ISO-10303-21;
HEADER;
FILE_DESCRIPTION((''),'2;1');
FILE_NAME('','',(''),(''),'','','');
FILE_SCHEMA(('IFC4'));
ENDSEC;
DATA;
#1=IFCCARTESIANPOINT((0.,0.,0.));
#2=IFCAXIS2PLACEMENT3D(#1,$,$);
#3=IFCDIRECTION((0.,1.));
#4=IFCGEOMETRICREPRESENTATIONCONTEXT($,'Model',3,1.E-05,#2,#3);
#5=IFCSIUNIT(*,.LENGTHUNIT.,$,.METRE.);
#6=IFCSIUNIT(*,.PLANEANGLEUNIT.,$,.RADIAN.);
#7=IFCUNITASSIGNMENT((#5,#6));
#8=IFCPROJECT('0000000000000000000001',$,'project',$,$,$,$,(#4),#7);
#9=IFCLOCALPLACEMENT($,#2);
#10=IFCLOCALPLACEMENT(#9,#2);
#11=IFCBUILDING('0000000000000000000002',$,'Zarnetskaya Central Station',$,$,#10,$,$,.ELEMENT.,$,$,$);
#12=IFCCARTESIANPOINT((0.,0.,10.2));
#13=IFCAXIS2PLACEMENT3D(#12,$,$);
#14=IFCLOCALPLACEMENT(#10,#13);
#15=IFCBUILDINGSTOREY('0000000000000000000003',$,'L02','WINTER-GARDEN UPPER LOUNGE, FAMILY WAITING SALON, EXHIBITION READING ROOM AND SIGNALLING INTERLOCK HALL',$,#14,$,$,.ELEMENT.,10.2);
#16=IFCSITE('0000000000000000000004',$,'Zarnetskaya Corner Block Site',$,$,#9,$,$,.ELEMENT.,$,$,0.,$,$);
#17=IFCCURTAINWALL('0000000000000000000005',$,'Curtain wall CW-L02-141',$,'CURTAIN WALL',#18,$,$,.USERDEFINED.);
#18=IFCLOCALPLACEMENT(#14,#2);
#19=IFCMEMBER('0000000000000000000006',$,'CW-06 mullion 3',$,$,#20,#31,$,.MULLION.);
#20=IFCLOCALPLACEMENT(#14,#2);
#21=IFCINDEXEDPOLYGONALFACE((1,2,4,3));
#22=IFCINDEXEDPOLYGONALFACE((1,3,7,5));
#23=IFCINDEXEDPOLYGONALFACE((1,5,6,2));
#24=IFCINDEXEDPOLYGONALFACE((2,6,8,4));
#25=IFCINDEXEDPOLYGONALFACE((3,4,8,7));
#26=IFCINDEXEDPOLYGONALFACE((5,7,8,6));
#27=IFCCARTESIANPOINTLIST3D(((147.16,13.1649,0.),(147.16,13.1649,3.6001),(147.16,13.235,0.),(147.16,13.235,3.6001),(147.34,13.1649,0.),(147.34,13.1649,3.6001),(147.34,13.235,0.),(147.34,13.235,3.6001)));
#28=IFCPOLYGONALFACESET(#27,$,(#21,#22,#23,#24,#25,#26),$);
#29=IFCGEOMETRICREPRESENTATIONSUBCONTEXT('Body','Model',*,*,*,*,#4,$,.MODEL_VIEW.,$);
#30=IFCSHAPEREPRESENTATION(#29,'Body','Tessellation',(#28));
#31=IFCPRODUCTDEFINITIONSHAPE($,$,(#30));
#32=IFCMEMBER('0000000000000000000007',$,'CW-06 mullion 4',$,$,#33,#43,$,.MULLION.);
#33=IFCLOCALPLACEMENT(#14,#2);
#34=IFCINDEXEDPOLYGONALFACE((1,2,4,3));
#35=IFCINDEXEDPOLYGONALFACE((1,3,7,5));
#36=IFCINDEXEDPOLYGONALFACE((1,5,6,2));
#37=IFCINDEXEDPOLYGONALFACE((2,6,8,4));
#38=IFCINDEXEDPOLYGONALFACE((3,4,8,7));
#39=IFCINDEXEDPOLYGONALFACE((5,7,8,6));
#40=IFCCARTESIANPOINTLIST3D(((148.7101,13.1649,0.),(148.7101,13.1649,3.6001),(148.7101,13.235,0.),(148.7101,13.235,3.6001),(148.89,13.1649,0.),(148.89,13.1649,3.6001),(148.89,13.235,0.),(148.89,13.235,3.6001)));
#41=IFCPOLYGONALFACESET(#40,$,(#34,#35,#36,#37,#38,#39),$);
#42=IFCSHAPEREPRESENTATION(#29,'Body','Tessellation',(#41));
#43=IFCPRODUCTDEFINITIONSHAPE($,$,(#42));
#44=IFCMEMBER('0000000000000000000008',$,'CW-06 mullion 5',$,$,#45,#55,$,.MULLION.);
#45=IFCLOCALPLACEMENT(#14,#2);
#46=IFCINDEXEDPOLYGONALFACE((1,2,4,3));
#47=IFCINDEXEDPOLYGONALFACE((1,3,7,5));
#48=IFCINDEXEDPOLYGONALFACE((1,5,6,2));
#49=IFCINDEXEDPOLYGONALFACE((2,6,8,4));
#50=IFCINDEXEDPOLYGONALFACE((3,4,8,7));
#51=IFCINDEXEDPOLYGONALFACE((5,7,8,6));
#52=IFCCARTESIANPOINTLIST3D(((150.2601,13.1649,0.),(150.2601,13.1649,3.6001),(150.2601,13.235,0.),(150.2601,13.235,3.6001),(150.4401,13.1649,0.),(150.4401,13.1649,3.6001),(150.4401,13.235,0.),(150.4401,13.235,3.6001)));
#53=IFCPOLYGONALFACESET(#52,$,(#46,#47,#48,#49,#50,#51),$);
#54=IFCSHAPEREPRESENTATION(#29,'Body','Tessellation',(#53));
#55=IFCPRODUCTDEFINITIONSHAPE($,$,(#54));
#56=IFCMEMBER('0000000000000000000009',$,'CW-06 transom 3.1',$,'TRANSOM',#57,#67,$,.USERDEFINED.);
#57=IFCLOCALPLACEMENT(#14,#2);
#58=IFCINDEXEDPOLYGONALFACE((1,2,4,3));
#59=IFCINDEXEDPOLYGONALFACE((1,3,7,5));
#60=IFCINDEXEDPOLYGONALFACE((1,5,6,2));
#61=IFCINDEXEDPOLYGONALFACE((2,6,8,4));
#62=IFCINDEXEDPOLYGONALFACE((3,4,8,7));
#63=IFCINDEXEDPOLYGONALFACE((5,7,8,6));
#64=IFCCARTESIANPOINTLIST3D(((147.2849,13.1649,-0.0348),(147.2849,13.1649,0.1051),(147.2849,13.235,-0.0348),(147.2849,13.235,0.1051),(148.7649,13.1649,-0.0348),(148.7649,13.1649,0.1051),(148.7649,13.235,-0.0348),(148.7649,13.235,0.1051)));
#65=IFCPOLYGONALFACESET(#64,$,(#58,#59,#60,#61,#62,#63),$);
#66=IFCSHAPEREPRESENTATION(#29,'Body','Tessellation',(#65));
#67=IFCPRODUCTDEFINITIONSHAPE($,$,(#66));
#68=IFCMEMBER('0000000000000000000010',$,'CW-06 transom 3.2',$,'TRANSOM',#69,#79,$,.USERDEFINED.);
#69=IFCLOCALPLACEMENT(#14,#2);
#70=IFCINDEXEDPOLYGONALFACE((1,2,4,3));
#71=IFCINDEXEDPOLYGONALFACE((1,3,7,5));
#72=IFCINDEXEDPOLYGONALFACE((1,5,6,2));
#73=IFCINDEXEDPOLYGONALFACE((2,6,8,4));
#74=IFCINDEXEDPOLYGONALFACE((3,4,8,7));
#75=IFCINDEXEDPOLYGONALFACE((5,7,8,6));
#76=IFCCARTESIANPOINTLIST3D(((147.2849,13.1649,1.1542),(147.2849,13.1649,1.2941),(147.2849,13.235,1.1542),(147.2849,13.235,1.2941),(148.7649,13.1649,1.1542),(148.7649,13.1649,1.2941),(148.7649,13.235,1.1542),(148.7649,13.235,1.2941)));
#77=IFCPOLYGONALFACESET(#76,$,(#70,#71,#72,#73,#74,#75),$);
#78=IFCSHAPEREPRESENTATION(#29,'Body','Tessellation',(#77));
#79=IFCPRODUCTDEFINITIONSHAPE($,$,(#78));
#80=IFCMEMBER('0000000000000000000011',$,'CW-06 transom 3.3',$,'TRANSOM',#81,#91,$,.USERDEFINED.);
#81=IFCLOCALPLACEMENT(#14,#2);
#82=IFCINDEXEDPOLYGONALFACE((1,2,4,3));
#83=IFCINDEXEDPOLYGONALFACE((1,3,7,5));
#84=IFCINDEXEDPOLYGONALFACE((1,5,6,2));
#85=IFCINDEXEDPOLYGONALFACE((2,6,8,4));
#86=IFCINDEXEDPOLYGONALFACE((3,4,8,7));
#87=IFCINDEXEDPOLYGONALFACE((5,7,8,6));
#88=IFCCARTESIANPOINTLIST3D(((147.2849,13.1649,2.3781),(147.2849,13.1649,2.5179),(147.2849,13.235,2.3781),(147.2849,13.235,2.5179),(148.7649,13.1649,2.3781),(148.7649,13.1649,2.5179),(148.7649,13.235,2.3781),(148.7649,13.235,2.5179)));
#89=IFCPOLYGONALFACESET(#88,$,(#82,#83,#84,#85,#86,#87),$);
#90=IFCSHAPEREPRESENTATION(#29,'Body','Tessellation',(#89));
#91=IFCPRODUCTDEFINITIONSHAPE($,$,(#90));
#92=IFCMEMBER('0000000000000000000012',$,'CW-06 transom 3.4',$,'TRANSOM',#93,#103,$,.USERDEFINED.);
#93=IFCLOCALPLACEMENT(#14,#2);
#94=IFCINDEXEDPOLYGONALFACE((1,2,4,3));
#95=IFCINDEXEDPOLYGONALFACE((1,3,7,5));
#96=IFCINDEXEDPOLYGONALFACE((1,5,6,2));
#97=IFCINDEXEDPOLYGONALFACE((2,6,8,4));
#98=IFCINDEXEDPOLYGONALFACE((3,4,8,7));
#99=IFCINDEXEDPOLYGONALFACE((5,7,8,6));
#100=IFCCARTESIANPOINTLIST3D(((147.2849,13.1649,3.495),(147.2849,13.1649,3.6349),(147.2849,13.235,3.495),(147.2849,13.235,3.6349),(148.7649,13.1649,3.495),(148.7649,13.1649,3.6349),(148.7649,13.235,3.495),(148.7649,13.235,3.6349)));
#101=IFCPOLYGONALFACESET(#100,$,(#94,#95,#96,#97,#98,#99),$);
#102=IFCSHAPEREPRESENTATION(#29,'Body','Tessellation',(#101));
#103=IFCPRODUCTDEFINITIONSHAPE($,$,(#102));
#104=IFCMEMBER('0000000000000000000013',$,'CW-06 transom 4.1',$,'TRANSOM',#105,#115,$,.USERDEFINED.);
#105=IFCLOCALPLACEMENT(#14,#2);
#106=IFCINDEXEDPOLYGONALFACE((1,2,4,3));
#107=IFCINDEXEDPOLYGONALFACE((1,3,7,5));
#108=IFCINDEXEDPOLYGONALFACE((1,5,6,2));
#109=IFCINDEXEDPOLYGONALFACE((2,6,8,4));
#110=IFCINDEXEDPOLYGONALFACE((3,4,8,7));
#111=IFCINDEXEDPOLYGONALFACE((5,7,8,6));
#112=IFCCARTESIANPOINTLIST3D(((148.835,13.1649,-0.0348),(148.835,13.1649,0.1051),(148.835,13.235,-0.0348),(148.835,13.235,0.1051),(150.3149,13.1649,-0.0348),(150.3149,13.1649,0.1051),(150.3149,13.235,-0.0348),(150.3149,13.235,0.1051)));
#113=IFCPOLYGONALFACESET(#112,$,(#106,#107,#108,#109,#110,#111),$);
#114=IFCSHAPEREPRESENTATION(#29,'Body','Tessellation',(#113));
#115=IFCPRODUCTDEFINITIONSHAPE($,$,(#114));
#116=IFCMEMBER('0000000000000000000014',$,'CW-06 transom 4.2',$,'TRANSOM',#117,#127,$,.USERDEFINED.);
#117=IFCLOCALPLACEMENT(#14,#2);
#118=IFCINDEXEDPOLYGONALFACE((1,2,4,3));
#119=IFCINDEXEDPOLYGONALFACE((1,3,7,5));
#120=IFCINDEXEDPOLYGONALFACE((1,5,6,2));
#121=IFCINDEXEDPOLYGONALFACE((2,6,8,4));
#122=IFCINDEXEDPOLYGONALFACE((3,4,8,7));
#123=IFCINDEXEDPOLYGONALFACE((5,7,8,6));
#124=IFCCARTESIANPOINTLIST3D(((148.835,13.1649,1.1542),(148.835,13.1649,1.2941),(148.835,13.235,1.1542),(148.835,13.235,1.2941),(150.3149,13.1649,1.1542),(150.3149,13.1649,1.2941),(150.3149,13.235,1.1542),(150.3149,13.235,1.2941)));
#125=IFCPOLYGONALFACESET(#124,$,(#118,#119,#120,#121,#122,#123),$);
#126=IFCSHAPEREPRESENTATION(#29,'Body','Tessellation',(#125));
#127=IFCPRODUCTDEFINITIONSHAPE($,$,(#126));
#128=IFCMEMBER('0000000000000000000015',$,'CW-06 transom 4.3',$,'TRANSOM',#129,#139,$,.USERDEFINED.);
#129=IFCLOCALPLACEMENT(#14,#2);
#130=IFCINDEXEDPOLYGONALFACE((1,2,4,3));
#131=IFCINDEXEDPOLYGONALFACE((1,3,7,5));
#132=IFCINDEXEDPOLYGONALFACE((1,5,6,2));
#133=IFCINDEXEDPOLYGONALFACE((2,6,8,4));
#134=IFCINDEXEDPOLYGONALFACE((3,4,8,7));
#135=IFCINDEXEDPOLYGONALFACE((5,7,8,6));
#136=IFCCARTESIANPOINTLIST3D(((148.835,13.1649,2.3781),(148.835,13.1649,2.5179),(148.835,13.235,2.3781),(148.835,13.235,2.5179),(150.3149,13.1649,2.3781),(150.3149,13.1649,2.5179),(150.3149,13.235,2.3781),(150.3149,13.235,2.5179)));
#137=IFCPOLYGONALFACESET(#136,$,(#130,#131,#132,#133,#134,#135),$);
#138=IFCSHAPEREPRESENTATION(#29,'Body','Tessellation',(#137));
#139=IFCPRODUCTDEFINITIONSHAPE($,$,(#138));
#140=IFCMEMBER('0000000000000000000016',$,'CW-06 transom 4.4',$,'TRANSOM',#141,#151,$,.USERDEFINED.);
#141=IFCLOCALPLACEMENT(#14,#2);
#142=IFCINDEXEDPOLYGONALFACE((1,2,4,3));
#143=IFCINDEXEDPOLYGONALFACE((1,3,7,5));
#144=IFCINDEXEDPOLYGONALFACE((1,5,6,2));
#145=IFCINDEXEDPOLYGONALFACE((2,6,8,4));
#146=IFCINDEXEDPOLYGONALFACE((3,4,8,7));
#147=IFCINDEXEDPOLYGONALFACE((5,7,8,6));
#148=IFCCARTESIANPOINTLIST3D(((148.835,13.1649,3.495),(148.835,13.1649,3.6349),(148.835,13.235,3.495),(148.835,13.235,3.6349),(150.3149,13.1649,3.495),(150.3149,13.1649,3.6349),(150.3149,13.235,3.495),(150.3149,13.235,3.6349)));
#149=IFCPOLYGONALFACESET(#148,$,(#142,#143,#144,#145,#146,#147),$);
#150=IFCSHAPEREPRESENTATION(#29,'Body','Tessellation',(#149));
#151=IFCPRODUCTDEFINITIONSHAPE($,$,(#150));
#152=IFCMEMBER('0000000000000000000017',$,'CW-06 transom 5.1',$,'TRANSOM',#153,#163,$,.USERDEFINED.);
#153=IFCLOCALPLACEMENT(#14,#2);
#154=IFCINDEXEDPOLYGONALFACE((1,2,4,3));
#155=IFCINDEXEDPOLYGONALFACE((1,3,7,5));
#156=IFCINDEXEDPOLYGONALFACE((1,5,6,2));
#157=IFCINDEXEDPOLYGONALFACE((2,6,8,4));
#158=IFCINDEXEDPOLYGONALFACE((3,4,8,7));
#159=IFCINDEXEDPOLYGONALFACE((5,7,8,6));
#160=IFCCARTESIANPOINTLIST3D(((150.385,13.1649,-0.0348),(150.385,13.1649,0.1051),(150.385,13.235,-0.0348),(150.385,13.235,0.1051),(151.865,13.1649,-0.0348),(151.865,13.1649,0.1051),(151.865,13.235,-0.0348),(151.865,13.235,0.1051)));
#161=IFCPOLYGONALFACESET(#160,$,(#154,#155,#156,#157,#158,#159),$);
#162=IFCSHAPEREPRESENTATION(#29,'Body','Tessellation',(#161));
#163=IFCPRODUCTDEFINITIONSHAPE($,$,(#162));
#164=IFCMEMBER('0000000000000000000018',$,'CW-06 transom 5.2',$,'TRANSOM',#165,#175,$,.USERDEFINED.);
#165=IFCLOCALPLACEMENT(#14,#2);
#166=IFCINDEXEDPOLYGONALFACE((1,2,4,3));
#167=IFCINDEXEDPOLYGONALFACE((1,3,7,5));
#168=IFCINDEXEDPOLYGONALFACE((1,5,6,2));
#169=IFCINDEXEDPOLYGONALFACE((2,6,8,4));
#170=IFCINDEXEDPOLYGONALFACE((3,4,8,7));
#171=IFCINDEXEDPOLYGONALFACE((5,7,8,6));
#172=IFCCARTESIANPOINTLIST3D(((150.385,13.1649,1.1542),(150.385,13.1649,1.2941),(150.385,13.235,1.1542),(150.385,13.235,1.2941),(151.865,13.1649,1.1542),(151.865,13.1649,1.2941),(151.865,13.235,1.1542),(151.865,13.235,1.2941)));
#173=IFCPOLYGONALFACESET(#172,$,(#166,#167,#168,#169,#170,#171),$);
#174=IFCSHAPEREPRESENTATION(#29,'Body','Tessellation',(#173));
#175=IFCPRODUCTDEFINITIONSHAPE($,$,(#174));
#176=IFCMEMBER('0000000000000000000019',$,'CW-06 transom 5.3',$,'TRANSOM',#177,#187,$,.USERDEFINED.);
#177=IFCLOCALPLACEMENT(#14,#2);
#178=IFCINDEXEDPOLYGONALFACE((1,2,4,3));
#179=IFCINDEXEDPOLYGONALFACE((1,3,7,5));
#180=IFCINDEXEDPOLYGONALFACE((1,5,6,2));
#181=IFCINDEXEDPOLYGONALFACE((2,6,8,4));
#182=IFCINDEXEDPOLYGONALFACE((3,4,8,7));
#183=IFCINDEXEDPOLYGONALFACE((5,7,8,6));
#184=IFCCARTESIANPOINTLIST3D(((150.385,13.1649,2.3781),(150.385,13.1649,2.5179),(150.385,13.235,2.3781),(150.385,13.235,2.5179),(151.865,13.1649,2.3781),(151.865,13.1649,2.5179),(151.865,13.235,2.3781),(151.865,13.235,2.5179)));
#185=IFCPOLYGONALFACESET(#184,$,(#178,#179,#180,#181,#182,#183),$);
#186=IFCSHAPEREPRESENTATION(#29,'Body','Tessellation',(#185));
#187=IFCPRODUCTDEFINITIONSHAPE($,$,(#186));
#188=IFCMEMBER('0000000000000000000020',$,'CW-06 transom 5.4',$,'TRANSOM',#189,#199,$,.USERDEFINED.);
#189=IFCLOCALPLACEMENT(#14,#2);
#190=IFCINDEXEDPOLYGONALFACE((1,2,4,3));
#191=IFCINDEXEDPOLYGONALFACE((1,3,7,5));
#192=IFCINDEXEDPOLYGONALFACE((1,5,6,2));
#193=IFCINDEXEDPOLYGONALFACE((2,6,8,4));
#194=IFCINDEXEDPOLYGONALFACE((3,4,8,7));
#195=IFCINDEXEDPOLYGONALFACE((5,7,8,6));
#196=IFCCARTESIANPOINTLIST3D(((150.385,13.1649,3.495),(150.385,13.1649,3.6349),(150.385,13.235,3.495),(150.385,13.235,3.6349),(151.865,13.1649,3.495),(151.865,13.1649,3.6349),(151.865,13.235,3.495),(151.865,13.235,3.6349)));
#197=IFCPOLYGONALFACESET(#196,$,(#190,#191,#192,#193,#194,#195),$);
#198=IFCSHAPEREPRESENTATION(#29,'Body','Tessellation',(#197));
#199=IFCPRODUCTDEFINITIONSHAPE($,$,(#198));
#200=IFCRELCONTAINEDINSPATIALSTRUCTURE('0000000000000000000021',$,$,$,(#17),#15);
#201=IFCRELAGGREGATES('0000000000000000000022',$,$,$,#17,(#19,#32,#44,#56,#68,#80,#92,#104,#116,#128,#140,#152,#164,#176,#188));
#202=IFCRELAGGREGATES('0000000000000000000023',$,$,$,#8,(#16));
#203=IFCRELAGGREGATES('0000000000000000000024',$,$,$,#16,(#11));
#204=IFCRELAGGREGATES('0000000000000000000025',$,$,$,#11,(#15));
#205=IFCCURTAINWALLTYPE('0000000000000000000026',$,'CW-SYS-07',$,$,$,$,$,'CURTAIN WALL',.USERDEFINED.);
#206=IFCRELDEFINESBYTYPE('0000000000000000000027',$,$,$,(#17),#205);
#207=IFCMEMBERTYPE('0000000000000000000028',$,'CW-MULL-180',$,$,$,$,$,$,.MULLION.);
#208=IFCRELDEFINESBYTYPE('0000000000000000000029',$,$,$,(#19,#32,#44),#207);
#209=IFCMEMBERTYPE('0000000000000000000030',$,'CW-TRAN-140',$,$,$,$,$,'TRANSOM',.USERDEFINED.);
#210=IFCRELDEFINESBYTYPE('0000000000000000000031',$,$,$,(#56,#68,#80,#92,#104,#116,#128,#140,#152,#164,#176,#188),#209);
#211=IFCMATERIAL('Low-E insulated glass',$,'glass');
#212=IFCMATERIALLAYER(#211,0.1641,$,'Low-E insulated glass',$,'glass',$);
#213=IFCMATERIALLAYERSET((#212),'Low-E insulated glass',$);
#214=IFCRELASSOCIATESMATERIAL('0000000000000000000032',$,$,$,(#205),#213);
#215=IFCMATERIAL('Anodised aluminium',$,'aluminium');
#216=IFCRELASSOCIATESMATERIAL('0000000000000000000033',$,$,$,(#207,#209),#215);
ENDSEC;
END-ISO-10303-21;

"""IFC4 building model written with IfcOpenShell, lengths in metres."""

from ifc_helpers import new_model, si_unit, direction, frame, origin, origin_2d, place, context, subcontext, project, spatial, rectangle, extrude, material, layer, layer_set, material_profile, profile_set, type_object, element, aggregate, save


model = new_model("IFC4")

# Units and contexts
model_context = context("Model", 3, precision=1e-05, world=origin(), true_north=direction((0.0, 1.0)))
body_context = subcontext(model_context, "Body", "Model", "MODEL_VIEW")
ifc_project = project(units=[si_unit("LENGTHUNIT", "METRE"), si_unit("PLANEANGLEUNIT", "RADIAN")], contexts=[model_context])

# Site, building, storey
site_placement = place(None, origin())
site = spatial("IfcSite", under=ifc_project, at=site_placement, Name="Zarnetskaya Corner Block Site", CompositionType="ELEMENT", RefElevation=0.0)
building_placement = place(site_placement, origin())
building = spatial("IfcBuilding", under=site, at=building_placement, Name="Zarnetskaya Central Station", CompositionType="ELEMENT")
storey_placement = place(building_placement, frame((0.0, 0.0, 10.2)))
storey = spatial("IfcBuildingStorey", under=building, at=storey_placement, Name="L02", Description="WINTER-GARDEN UPPER LOUNGE, FAMILY WAITING SALON, EXHIBITION READING ROOM AND SIGNALLING INTERLOCK HALL", CompositionType="ELEMENT", Elevation=10.2)

# Curtain wall, members
ifc_material_1 = material(Name="Low-E insulated glass", Category="glass")
ifc_layer_1 = layer(ifc_material_1, 0.1641, Name="Low-E insulated glass", Category="glass")
ifc_layer_set_1 = layer_set([ifc_layer_1], Name="Low-E insulated glass")
curtain_wall_type = type_object("IfcCurtainWallType", Name="CW-SYS-07", ElementType="CURTAIN WALL", PredefinedType="USERDEFINED", material=ifc_layer_set_1)
curtain_wall_placement = place(storey_placement, origin())
curtain_wall = element("IfcCurtainWall", 1, at=curtain_wall_placement, inside=storey, type_object=curtain_wall_type, Name="Curtain wall CW-L02-141", ObjectType="CURTAIN WALL", PredefinedType="USERDEFINED")
ifc_material_2 = material(Name="Anodised aluminium", Category="aluminium")
ifc_material_profile_1 = material_profile(ifc_material_2, rectangle(XDim=0.0701, YDim=0.1799, at=origin_2d()), Name="ALU MULL 70x180")
ifc_profile_set_1 = profile_set([ifc_material_profile_1], Name="Anodised aluminium")
member_type_1 = type_object("IfcMemberType", Name="CW-MULL-180", PredefinedType="MULLION", material=ifc_profile_set_1)
member_1_placement = place(storey_placement, frame((147.25, 13.2, 0.0), z_axis=(0.0, 0.0, 1.0), x_axis=(0.0, 1.0, 0.0)))
member_1 = element("IfcMember", 2, at=member_1_placement, type_object=member_type_1, Name="CW-06 mullion 3", PredefinedType="MULLION", context=body_context, shape_type="SweptSolid", body=[
    extrude(rectangle(XDim=0.0701, YDim=0.1799, at=origin_2d()), origin(), (0.0, 0.0, 1.0), 3.6001),
])
member_2_placement = place(storey_placement, frame((148.8, 13.2, 0.0), z_axis=(0.0, 0.0, 1.0), x_axis=(0.0, 1.0, 0.0)))
member_2 = element("IfcMember", 3, at=member_2_placement, type_object=member_type_1, Name="CW-06 mullion 4", PredefinedType="MULLION", context=body_context, shape_type="SweptSolid", body=[
    extrude(rectangle(XDim=0.0701, YDim=0.1799, at=origin_2d()), origin(), (0.0, 0.0, 1.0), 3.6001),
])
member_3_placement = place(storey_placement, frame((150.3501, 13.2, 0.0), z_axis=(0.0, 0.0, 1.0), x_axis=(0.0, 1.0, 0.0)))
member_3 = element("IfcMember", 4, at=member_3_placement, type_object=member_type_1, Name="CW-06 mullion 5", PredefinedType="MULLION", context=body_context, shape_type="SweptSolid", body=[
    extrude(rectangle(XDim=0.0701, YDim=0.1799, at=origin_2d()), origin(), (0.0, 0.0, 1.0), 3.6001),
])
ifc_material_profile_2 = material_profile(ifc_material_2, rectangle(XDim=0.0701, YDim=0.1399, at=origin_2d()), Name="ALU TRAN 70x140")
ifc_profile_set_2 = profile_set([ifc_material_profile_2], Name="Anodised aluminium")
member_type_2 = type_object("IfcMemberType", Name="CW-TRAN-140", ElementType="TRANSOM", PredefinedType="USERDEFINED", material=ifc_profile_set_2)
member_4_placement = place(storey_placement, frame((147.2849, 13.2, 0.0352), z_axis=(1.0, 0.0, 0.0), x_axis=(0.0, 1.0, 0.0)))
member_4 = element("IfcMember", 5, at=member_4_placement, type_object=member_type_2, Name="CW-06 transom 3.1", ObjectType="TRANSOM", PredefinedType="USERDEFINED", context=body_context, shape_type="SweptSolid", body=[
    extrude(rectangle(XDim=0.0701, YDim=0.1399, at=origin_2d()), origin(), (0.0, 0.0, 1.0), 1.48),
])
member_5_placement = place(storey_placement, frame((147.2849, 13.2, 1.2241), z_axis=(1.0, 0.0, 0.0), x_axis=(0.0, 1.0, 0.0)))
member_5 = element("IfcMember", 6, at=member_5_placement, type_object=member_type_2, Name="CW-06 transom 3.2", ObjectType="TRANSOM", PredefinedType="USERDEFINED", context=body_context, shape_type="SweptSolid", body=[
    extrude(rectangle(XDim=0.0701, YDim=0.1399, at=origin_2d()), origin(), (0.0, 0.0, 1.0), 1.48),
])
member_6_placement = place(storey_placement, frame((147.2849, 13.2, 2.448), z_axis=(1.0, 0.0, 0.0), x_axis=(0.0, 1.0, 0.0)))
member_6 = element("IfcMember", 7, at=member_6_placement, type_object=member_type_2, Name="CW-06 transom 3.3", ObjectType="TRANSOM", PredefinedType="USERDEFINED", context=body_context, shape_type="SweptSolid", body=[
    extrude(rectangle(XDim=0.0701, YDim=0.1399, at=origin_2d()), origin(), (0.0, 0.0, 1.0), 1.48),
])
member_7_placement = place(storey_placement, frame((147.2849, 13.2, 3.5649), z_axis=(1.0, 0.0, 0.0), x_axis=(0.0, 1.0, 0.0)))
member_7 = element("IfcMember", 8, at=member_7_placement, type_object=member_type_2, Name="CW-06 transom 3.4", ObjectType="TRANSOM", PredefinedType="USERDEFINED", context=body_context, shape_type="SweptSolid", body=[
    extrude(rectangle(XDim=0.0701, YDim=0.1399, at=origin_2d()), origin(), (0.0, 0.0, 1.0), 1.48),
])
member_8_placement = place(storey_placement, frame((148.835, 13.2, 0.0352), z_axis=(1.0, 0.0, 0.0), x_axis=(0.0, 1.0, 0.0)))
member_8 = element("IfcMember", 9, at=member_8_placement, type_object=member_type_2, Name="CW-06 transom 4.1", ObjectType="TRANSOM", PredefinedType="USERDEFINED", context=body_context, shape_type="SweptSolid", body=[
    extrude(rectangle(XDim=0.0701, YDim=0.1399, at=origin_2d()), origin(), (0.0, 0.0, 1.0), 1.48),
])
member_9_placement = place(storey_placement, frame((148.835, 13.2, 1.2241), z_axis=(1.0, 0.0, 0.0), x_axis=(0.0, 1.0, 0.0)))
member_9 = element("IfcMember", 10, at=member_9_placement, type_object=member_type_2, Name="CW-06 transom 4.2", ObjectType="TRANSOM", PredefinedType="USERDEFINED", context=body_context, shape_type="SweptSolid", body=[
    extrude(rectangle(XDim=0.0701, YDim=0.1399, at=origin_2d()), origin(), (0.0, 0.0, 1.0), 1.48),
])
member_10_placement = place(storey_placement, frame((148.835, 13.2, 2.448), z_axis=(1.0, 0.0, 0.0), x_axis=(0.0, 1.0, 0.0)))
member_10 = element("IfcMember", 11, at=member_10_placement, type_object=member_type_2, Name="CW-06 transom 4.3", ObjectType="TRANSOM", PredefinedType="USERDEFINED", context=body_context, shape_type="SweptSolid", body=[
    extrude(rectangle(XDim=0.0701, YDim=0.1399, at=origin_2d()), origin(), (0.0, 0.0, 1.0), 1.48),
])
member_11_placement = place(storey_placement, frame((148.835, 13.2, 3.5649), z_axis=(1.0, 0.0, 0.0), x_axis=(0.0, 1.0, 0.0)))
member_11 = element("IfcMember", 12, at=member_11_placement, type_object=member_type_2, Name="CW-06 transom 4.4", ObjectType="TRANSOM", PredefinedType="USERDEFINED", context=body_context, shape_type="SweptSolid", body=[
    extrude(rectangle(XDim=0.0701, YDim=0.1399, at=origin_2d()), origin(), (0.0, 0.0, 1.0), 1.48),
])
member_12_placement = place(storey_placement, frame((150.385, 13.2, 0.0352), z_axis=(1.0, 0.0, 0.0), x_axis=(0.0, 1.0, 0.0)))
member_12 = element("IfcMember", 13, at=member_12_placement, type_object=member_type_2, Name="CW-06 transom 5.1", ObjectType="TRANSOM", PredefinedType="USERDEFINED", context=body_context, shape_type="SweptSolid", body=[
    extrude(rectangle(XDim=0.0701, YDim=0.1399, at=origin_2d()), origin(), (0.0, 0.0, 1.0), 1.48),
])
member_13_placement = place(storey_placement, frame((150.385, 13.2, 1.2241), z_axis=(1.0, 0.0, 0.0), x_axis=(0.0, 1.0, 0.0)))
member_13 = element("IfcMember", 14, at=member_13_placement, type_object=member_type_2, Name="CW-06 transom 5.2", ObjectType="TRANSOM", PredefinedType="USERDEFINED", context=body_context, shape_type="SweptSolid", body=[
    extrude(rectangle(XDim=0.0701, YDim=0.1399, at=origin_2d()), origin(), (0.0, 0.0, 1.0), 1.48),
])
member_14_placement = place(storey_placement, frame((150.385, 13.2, 2.448), z_axis=(1.0, 0.0, 0.0), x_axis=(0.0, 1.0, 0.0)))
member_14 = element("IfcMember", 15, at=member_14_placement, type_object=member_type_2, Name="CW-06 transom 5.3", ObjectType="TRANSOM", PredefinedType="USERDEFINED", context=body_context, shape_type="SweptSolid", body=[
    extrude(rectangle(XDim=0.0701, YDim=0.1399, at=origin_2d()), origin(), (0.0, 0.0, 1.0), 1.48),
])
member_15_placement = place(storey_placement, frame((150.385, 13.2, 3.5649), z_axis=(1.0, 0.0, 0.0), x_axis=(0.0, 1.0, 0.0)))
member_15 = element("IfcMember", 16, at=member_15_placement, type_object=member_type_2, Name="CW-06 transom 5.4", ObjectType="TRANSOM", PredefinedType="USERDEFINED", context=body_context, shape_type="SweptSolid", body=[
    extrude(rectangle(XDim=0.0701, YDim=0.1399, at=origin_2d()), origin(), (0.0, 0.0, 1.0), 1.48),
])
aggregate(curtain_wall, [member_1, member_2, member_3, member_4, member_5, member_6, member_7, member_8, member_9, member_10, member_11, member_12, member_13, member_14, member_15])

save(model, "model.ifc")
